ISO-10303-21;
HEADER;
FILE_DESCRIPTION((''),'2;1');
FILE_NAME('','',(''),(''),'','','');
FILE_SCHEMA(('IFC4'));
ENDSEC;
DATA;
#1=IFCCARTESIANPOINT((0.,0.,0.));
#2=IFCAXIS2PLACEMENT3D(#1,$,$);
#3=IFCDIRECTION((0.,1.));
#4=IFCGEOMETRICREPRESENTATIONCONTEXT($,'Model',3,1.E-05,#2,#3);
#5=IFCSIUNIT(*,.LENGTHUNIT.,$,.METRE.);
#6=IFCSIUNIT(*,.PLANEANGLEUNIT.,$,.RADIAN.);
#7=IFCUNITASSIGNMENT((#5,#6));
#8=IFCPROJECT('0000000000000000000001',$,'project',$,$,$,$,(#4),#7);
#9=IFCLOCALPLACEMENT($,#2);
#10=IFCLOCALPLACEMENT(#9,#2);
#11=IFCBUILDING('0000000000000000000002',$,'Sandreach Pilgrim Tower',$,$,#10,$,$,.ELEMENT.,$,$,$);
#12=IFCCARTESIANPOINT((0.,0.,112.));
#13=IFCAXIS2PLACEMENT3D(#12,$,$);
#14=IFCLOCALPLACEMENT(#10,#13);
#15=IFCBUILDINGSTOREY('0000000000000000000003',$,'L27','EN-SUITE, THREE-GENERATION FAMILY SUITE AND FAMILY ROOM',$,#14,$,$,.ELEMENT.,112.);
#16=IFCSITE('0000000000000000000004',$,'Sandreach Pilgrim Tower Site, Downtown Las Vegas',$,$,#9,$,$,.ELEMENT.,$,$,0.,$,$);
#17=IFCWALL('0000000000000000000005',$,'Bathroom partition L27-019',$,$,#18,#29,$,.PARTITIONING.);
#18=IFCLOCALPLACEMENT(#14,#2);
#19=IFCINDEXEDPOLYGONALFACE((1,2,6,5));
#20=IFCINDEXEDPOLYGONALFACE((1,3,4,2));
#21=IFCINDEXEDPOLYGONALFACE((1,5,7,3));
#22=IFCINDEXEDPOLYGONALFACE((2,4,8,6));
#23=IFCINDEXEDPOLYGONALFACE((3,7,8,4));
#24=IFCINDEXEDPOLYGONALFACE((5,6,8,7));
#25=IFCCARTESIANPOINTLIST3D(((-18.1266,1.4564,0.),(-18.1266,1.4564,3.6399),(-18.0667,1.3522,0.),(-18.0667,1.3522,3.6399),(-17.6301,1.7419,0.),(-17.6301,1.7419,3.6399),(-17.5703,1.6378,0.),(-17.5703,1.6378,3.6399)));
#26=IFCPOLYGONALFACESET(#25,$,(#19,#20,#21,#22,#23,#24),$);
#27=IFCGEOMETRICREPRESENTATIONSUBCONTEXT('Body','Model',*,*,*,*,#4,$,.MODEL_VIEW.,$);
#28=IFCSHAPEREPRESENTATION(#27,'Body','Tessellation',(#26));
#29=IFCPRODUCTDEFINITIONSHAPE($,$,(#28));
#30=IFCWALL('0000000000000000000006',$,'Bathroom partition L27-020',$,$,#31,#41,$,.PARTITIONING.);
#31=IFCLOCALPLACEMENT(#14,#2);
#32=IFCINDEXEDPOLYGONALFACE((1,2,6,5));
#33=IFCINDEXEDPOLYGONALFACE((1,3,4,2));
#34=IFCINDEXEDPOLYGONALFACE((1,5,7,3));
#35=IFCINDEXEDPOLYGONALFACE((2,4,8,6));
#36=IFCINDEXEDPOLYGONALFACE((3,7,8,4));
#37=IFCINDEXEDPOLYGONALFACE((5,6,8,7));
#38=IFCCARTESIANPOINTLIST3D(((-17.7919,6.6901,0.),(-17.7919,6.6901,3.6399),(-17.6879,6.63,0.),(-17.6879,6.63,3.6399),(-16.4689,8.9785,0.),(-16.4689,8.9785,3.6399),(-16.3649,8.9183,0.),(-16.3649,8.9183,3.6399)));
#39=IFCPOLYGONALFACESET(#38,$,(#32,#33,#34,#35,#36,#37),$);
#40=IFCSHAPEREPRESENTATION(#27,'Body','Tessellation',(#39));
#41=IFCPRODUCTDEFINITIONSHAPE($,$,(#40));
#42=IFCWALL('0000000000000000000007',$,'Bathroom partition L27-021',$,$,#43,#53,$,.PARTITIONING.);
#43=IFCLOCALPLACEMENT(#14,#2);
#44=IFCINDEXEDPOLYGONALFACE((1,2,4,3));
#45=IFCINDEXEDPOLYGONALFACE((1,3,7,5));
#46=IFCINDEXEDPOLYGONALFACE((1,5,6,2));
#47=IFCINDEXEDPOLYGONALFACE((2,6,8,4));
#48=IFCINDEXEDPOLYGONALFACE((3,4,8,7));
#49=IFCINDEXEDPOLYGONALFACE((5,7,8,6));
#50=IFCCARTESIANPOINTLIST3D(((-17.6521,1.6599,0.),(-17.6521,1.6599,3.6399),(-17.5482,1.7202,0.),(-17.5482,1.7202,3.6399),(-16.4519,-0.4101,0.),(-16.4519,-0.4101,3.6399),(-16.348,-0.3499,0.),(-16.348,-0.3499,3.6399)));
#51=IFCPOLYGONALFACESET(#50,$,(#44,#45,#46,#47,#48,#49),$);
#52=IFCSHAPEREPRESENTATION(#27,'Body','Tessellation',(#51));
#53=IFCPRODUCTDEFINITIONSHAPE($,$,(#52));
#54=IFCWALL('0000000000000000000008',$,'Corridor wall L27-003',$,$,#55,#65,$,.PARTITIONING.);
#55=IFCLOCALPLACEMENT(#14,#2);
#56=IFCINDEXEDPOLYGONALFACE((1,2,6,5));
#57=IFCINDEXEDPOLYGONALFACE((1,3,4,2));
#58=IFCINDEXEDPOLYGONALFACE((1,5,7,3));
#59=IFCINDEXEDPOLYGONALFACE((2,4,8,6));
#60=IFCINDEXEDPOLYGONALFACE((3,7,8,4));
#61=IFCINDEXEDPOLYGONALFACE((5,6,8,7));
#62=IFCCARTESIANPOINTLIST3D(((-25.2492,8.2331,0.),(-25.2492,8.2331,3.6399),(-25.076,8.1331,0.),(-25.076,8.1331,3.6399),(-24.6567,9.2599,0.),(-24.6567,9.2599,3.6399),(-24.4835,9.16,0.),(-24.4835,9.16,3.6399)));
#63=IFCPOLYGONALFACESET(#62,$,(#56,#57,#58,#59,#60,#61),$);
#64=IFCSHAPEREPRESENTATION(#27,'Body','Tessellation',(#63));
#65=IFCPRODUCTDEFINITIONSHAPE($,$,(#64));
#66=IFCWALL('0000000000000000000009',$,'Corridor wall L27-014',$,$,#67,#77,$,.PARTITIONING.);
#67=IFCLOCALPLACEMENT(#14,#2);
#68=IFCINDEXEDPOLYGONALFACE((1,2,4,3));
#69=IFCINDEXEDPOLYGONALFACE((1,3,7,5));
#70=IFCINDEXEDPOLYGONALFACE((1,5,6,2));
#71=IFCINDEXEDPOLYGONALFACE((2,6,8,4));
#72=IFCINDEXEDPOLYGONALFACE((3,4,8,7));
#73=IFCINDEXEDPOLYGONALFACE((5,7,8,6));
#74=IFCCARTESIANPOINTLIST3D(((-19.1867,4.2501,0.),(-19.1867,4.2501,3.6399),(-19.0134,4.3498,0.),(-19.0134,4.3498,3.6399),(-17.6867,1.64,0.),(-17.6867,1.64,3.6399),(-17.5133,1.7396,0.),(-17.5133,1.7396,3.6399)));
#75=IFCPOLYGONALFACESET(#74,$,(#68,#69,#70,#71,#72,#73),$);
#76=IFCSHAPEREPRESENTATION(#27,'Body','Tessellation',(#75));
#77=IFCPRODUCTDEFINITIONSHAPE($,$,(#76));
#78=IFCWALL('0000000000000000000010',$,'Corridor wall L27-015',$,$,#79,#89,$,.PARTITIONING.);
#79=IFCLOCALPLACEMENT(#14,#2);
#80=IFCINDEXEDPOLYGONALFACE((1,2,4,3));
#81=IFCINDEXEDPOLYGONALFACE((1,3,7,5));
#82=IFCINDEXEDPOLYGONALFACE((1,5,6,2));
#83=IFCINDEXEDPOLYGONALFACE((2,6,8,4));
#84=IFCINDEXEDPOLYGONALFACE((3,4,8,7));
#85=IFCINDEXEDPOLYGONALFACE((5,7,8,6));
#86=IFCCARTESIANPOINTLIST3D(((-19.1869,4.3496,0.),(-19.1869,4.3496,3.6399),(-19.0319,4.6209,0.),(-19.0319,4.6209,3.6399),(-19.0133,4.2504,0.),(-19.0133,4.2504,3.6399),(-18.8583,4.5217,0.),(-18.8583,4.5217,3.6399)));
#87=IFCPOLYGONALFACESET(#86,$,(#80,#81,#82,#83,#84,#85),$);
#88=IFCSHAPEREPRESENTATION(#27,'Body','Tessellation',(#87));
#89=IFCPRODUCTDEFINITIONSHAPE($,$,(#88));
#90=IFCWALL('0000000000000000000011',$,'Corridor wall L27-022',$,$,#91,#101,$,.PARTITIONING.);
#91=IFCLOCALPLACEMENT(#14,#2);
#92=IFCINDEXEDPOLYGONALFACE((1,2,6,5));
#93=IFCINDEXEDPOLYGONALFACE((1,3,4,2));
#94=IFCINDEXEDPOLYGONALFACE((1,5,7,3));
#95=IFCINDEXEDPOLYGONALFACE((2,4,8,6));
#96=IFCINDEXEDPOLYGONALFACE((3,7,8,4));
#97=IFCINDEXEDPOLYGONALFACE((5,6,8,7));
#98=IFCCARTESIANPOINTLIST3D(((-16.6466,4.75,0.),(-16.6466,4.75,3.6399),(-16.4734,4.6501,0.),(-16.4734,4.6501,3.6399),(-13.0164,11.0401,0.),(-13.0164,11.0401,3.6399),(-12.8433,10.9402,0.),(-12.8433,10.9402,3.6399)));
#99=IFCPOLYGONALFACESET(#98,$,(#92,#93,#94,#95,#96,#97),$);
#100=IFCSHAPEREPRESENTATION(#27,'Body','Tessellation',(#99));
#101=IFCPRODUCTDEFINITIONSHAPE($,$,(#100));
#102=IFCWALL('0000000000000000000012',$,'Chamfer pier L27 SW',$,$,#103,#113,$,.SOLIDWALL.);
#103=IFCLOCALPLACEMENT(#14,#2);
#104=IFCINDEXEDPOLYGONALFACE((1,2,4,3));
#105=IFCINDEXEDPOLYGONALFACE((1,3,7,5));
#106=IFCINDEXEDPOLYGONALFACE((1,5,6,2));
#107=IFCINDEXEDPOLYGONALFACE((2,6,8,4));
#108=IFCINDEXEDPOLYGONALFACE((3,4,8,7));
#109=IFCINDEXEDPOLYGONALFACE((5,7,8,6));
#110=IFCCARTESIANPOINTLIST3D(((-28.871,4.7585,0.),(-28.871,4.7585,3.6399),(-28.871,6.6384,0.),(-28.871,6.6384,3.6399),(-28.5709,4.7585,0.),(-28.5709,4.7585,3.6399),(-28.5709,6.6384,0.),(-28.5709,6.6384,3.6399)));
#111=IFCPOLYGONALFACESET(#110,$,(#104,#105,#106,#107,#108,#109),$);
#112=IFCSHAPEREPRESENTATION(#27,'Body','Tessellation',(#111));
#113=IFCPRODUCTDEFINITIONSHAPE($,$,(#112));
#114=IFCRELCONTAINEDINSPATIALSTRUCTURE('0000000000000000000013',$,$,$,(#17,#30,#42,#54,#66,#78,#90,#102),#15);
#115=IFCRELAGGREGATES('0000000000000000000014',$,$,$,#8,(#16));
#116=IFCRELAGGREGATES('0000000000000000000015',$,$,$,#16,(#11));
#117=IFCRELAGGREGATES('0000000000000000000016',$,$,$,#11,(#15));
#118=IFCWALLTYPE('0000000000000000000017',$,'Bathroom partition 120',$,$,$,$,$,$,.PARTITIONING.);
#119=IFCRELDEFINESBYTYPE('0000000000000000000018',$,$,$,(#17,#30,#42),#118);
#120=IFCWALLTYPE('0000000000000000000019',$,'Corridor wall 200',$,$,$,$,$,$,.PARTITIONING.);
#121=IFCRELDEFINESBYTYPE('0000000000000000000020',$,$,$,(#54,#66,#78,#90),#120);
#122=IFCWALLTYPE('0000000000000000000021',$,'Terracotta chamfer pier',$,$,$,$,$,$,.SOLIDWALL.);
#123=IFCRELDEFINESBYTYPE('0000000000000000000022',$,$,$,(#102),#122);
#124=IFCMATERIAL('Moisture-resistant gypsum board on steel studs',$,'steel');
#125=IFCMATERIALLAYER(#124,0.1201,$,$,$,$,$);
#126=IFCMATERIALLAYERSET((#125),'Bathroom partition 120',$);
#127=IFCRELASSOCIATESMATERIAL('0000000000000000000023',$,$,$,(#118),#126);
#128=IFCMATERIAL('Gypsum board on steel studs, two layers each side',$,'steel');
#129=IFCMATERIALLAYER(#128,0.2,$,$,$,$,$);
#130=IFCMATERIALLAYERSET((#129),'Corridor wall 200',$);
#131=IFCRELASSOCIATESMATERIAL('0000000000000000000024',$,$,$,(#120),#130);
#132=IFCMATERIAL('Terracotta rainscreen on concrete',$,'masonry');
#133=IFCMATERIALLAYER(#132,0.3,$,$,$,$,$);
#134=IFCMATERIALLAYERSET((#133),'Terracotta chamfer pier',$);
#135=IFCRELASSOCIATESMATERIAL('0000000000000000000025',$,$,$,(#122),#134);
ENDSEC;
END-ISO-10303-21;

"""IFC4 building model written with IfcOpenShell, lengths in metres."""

from ifc_helpers import new_model, si_unit, direction, frame, frame_2d, origin, place, context, subcontext, project, spatial, rectangle, extrude, material, layer, layer_set, type_object, element, save


model = new_model("IFC4")

# Units and contexts
model_context = context("Model", 3, precision=1e-05, world=origin(), true_north=direction((0.0, 1.0)))
body_context = subcontext(model_context, "Body", "Model", "MODEL_VIEW")
ifc_project = project(units=[si_unit("LENGTHUNIT", "METRE"), si_unit("PLANEANGLEUNIT", "RADIAN")], contexts=[model_context])

# Site, building, storey
site_placement = place(None, origin())
site = spatial("IfcSite", under=ifc_project, at=site_placement, Name="Sandreach Pilgrim Tower Site, Downtown Las Vegas", CompositionType="ELEMENT", RefElevation=0.0)
building_placement = place(site_placement, origin())
building = spatial("IfcBuilding", under=site, at=building_placement, Name="Sandreach Pilgrim Tower", CompositionType="ELEMENT")
storey_placement = place(building_placement, frame((0.0, 0.0, 112.0)))
storey = spatial("IfcBuildingStorey", under=building, at=storey_placement, Name="L27", Description="EN-SUITE, THREE-GENERATION FAMILY SUITE AND FAMILY ROOM", CompositionType="ELEMENT", Elevation=112.0)

# Shared definitions
ifc_material_1 = material(Name="Moisture-resistant gypsum board on steel studs", Category="steel")
ifc_layer_1 = layer(ifc_material_1, 0.1201)
ifc_layer_set_1 = layer_set([ifc_layer_1], Name="Bathroom partition 120")
wall_type_1 = type_object("IfcWallType", Name="Bathroom partition 120", PredefinedType="PARTITIONING", material=ifc_layer_set_1)

# Walls
wall_1_placement = place(storey_placement, frame((-18.0967, 1.4043, 0.0), z_axis=(0.0, 0.0, 1.0), x_axis=(0.866823, 0.498615, 0.0)))
element("IfcWall", 1, at=wall_1_placement, inside=storey, type_object=wall_type_1, Name="Bathroom partition L27-019", PredefinedType="PARTITIONING", context=body_context, shape_type="SweptSolid", body=[
    extrude(rectangle(XDim=0.5728, YDim=0.1201, at=frame_2d((0.2864, 0.0))), origin(), (0.0, 0.0, 1.0), 3.6399),
])
wall_2_placement = place(storey_placement, frame((-17.74, 6.6599, 0.0), z_axis=(0.0, 0.0, 1.0), x_axis=(0.500519, 0.865725, 0.0)))
element("IfcWall", 2, at=wall_2_placement, inside=storey, type_object=wall_type_1, Name="Bathroom partition L27-020", PredefinedType="PARTITIONING", context=body_context, shape_type="SweptSolid", body=[
    extrude(rectangle(XDim=2.6433, YDim=0.1201, at=frame_2d((1.3218, 0.0))), origin(), (0.0, 0.0, 1.0), 3.6399),
])
wall_3_placement = place(storey_placement, frame((-17.6001, 1.6899, 0.0), z_axis=(0.0, 0.0, 1.0), x_axis=(0.501579, -0.865112, 0.0)))
element("IfcWall", 3, at=wall_3_placement, inside=storey, type_object=wall_type_1, Name="Bathroom partition L27-021", PredefinedType="PARTITIONING", context=body_context, shape_type="SweptSolid", body=[
    extrude(rectangle(XDim=2.3928, YDim=0.1201, at=frame_2d((1.1963, 0.0))), origin(), (0.0, 0.0, 1.0), 3.6399),
])

# Shared definitions
ifc_material_2 = material(Name="Gypsum board on steel studs, two layers each side", Category="steel")
ifc_layer_2 = layer(ifc_material_2, 0.2)
ifc_layer_set_2 = layer_set([ifc_layer_2], Name="Corridor wall 200")
wall_type_2 = type_object("IfcWallType", Name="Corridor wall 200", PredefinedType="PARTITIONING", material=ifc_layer_set_2)

# Walls
wall_4_placement = place(storey_placement, frame((-25.1626, 8.1831, 0.0), z_axis=(0.0, 0.0, 1.0), x_axis=(0.499794, 0.866144, 0.0)))
element("IfcWall", 4, at=wall_4_placement, inside=storey, type_object=wall_type_2, Name="Corridor wall L27-003", PredefinedType="PARTITIONING", context=body_context, shape_type="SweptSolid", body=[
    extrude(rectangle(XDim=1.1855, YDim=0.2, at=frame_2d((0.5928, 0.0))), origin(), (0.0, 0.0, 1.0), 3.6399),
])
wall_5_placement = place(storey_placement, frame((-19.1001, 4.3, 0.0), z_axis=(0.0, 0.0, 1.0), x_axis=(0.498268, -0.867023, 0.0)))
element("IfcWall", 5, at=wall_5_placement, inside=storey, type_object=wall_type_2, Name="Corridor wall L27-014", PredefinedType="PARTITIONING", context=body_context, shape_type="SweptSolid", body=[
    extrude(rectangle(XDim=3.0105, YDim=0.2, at=frame_2d((1.5054, 0.0))), origin(), (0.0, 0.0, 1.0), 3.6399),
])
wall_6_placement = place(storey_placement, frame((-18.9451, 4.5713, 0.0), z_axis=(0.0, 0.0, 1.0), x_axis=(-0.496223, -0.868195, 0.0)))
element("IfcWall", 6, at=wall_6_placement, inside=storey, type_object=wall_type_2, Name="Corridor wall L27-015", PredefinedType="PARTITIONING", context=body_context, shape_type="SweptSolid", body=[
    extrude(rectangle(XDim=0.3125, YDim=0.2, at=frame_2d((0.1562, 0.0))), origin(), (0.0, 0.0, 1.0), 3.6399),
])
wall_7_placement = place(storey_placement, frame((-16.5601, 4.7, 0.0), z_axis=(0.0, 0.0, 1.0), x_axis=(0.499852, 0.866111, 0.0)))
element("IfcWall", 7, at=wall_7_placement, inside=storey, type_object=wall_type_2, Name="Corridor wall L27-022", PredefinedType="PARTITIONING", context=body_context, shape_type="SweptSolid", body=[
    extrude(rectangle(XDim=7.2625, YDim=0.2, at=frame_2d((3.6313, 0.0))), origin(), (0.0, 0.0, 1.0), 3.6399),
])
ifc_material_3 = material(Name="Terracotta rainscreen on concrete", Category="masonry")
ifc_layer_3 = layer(ifc_material_3, 0.3)
ifc_layer_set_3 = layer_set([ifc_layer_3], Name="Terracotta chamfer pier")
wall_type_3 = type_object("IfcWallType", Name="Terracotta chamfer pier", PredefinedType="SOLIDWALL", material=ifc_layer_set_3)
wall_8_placement = place(storey_placement, frame((-28.7209, 4.7585, 0.0), z_axis=(0.0, 0.0, 1.0), x_axis=(0.0, 1.0, 0.0)))
element("IfcWall", 8, at=wall_8_placement, inside=storey, type_object=wall_type_3, Name="Chamfer pier L27 SW", PredefinedType="SOLIDWALL", context=body_context, shape_type="SweptSolid", body=[
    extrude(rectangle(XDim=1.8799, YDim=0.3, at=frame_2d((0.9399, 0.0))), origin(), (0.0, 0.0, 1.0), 3.6399),
])

save(model, "model.ifc")
